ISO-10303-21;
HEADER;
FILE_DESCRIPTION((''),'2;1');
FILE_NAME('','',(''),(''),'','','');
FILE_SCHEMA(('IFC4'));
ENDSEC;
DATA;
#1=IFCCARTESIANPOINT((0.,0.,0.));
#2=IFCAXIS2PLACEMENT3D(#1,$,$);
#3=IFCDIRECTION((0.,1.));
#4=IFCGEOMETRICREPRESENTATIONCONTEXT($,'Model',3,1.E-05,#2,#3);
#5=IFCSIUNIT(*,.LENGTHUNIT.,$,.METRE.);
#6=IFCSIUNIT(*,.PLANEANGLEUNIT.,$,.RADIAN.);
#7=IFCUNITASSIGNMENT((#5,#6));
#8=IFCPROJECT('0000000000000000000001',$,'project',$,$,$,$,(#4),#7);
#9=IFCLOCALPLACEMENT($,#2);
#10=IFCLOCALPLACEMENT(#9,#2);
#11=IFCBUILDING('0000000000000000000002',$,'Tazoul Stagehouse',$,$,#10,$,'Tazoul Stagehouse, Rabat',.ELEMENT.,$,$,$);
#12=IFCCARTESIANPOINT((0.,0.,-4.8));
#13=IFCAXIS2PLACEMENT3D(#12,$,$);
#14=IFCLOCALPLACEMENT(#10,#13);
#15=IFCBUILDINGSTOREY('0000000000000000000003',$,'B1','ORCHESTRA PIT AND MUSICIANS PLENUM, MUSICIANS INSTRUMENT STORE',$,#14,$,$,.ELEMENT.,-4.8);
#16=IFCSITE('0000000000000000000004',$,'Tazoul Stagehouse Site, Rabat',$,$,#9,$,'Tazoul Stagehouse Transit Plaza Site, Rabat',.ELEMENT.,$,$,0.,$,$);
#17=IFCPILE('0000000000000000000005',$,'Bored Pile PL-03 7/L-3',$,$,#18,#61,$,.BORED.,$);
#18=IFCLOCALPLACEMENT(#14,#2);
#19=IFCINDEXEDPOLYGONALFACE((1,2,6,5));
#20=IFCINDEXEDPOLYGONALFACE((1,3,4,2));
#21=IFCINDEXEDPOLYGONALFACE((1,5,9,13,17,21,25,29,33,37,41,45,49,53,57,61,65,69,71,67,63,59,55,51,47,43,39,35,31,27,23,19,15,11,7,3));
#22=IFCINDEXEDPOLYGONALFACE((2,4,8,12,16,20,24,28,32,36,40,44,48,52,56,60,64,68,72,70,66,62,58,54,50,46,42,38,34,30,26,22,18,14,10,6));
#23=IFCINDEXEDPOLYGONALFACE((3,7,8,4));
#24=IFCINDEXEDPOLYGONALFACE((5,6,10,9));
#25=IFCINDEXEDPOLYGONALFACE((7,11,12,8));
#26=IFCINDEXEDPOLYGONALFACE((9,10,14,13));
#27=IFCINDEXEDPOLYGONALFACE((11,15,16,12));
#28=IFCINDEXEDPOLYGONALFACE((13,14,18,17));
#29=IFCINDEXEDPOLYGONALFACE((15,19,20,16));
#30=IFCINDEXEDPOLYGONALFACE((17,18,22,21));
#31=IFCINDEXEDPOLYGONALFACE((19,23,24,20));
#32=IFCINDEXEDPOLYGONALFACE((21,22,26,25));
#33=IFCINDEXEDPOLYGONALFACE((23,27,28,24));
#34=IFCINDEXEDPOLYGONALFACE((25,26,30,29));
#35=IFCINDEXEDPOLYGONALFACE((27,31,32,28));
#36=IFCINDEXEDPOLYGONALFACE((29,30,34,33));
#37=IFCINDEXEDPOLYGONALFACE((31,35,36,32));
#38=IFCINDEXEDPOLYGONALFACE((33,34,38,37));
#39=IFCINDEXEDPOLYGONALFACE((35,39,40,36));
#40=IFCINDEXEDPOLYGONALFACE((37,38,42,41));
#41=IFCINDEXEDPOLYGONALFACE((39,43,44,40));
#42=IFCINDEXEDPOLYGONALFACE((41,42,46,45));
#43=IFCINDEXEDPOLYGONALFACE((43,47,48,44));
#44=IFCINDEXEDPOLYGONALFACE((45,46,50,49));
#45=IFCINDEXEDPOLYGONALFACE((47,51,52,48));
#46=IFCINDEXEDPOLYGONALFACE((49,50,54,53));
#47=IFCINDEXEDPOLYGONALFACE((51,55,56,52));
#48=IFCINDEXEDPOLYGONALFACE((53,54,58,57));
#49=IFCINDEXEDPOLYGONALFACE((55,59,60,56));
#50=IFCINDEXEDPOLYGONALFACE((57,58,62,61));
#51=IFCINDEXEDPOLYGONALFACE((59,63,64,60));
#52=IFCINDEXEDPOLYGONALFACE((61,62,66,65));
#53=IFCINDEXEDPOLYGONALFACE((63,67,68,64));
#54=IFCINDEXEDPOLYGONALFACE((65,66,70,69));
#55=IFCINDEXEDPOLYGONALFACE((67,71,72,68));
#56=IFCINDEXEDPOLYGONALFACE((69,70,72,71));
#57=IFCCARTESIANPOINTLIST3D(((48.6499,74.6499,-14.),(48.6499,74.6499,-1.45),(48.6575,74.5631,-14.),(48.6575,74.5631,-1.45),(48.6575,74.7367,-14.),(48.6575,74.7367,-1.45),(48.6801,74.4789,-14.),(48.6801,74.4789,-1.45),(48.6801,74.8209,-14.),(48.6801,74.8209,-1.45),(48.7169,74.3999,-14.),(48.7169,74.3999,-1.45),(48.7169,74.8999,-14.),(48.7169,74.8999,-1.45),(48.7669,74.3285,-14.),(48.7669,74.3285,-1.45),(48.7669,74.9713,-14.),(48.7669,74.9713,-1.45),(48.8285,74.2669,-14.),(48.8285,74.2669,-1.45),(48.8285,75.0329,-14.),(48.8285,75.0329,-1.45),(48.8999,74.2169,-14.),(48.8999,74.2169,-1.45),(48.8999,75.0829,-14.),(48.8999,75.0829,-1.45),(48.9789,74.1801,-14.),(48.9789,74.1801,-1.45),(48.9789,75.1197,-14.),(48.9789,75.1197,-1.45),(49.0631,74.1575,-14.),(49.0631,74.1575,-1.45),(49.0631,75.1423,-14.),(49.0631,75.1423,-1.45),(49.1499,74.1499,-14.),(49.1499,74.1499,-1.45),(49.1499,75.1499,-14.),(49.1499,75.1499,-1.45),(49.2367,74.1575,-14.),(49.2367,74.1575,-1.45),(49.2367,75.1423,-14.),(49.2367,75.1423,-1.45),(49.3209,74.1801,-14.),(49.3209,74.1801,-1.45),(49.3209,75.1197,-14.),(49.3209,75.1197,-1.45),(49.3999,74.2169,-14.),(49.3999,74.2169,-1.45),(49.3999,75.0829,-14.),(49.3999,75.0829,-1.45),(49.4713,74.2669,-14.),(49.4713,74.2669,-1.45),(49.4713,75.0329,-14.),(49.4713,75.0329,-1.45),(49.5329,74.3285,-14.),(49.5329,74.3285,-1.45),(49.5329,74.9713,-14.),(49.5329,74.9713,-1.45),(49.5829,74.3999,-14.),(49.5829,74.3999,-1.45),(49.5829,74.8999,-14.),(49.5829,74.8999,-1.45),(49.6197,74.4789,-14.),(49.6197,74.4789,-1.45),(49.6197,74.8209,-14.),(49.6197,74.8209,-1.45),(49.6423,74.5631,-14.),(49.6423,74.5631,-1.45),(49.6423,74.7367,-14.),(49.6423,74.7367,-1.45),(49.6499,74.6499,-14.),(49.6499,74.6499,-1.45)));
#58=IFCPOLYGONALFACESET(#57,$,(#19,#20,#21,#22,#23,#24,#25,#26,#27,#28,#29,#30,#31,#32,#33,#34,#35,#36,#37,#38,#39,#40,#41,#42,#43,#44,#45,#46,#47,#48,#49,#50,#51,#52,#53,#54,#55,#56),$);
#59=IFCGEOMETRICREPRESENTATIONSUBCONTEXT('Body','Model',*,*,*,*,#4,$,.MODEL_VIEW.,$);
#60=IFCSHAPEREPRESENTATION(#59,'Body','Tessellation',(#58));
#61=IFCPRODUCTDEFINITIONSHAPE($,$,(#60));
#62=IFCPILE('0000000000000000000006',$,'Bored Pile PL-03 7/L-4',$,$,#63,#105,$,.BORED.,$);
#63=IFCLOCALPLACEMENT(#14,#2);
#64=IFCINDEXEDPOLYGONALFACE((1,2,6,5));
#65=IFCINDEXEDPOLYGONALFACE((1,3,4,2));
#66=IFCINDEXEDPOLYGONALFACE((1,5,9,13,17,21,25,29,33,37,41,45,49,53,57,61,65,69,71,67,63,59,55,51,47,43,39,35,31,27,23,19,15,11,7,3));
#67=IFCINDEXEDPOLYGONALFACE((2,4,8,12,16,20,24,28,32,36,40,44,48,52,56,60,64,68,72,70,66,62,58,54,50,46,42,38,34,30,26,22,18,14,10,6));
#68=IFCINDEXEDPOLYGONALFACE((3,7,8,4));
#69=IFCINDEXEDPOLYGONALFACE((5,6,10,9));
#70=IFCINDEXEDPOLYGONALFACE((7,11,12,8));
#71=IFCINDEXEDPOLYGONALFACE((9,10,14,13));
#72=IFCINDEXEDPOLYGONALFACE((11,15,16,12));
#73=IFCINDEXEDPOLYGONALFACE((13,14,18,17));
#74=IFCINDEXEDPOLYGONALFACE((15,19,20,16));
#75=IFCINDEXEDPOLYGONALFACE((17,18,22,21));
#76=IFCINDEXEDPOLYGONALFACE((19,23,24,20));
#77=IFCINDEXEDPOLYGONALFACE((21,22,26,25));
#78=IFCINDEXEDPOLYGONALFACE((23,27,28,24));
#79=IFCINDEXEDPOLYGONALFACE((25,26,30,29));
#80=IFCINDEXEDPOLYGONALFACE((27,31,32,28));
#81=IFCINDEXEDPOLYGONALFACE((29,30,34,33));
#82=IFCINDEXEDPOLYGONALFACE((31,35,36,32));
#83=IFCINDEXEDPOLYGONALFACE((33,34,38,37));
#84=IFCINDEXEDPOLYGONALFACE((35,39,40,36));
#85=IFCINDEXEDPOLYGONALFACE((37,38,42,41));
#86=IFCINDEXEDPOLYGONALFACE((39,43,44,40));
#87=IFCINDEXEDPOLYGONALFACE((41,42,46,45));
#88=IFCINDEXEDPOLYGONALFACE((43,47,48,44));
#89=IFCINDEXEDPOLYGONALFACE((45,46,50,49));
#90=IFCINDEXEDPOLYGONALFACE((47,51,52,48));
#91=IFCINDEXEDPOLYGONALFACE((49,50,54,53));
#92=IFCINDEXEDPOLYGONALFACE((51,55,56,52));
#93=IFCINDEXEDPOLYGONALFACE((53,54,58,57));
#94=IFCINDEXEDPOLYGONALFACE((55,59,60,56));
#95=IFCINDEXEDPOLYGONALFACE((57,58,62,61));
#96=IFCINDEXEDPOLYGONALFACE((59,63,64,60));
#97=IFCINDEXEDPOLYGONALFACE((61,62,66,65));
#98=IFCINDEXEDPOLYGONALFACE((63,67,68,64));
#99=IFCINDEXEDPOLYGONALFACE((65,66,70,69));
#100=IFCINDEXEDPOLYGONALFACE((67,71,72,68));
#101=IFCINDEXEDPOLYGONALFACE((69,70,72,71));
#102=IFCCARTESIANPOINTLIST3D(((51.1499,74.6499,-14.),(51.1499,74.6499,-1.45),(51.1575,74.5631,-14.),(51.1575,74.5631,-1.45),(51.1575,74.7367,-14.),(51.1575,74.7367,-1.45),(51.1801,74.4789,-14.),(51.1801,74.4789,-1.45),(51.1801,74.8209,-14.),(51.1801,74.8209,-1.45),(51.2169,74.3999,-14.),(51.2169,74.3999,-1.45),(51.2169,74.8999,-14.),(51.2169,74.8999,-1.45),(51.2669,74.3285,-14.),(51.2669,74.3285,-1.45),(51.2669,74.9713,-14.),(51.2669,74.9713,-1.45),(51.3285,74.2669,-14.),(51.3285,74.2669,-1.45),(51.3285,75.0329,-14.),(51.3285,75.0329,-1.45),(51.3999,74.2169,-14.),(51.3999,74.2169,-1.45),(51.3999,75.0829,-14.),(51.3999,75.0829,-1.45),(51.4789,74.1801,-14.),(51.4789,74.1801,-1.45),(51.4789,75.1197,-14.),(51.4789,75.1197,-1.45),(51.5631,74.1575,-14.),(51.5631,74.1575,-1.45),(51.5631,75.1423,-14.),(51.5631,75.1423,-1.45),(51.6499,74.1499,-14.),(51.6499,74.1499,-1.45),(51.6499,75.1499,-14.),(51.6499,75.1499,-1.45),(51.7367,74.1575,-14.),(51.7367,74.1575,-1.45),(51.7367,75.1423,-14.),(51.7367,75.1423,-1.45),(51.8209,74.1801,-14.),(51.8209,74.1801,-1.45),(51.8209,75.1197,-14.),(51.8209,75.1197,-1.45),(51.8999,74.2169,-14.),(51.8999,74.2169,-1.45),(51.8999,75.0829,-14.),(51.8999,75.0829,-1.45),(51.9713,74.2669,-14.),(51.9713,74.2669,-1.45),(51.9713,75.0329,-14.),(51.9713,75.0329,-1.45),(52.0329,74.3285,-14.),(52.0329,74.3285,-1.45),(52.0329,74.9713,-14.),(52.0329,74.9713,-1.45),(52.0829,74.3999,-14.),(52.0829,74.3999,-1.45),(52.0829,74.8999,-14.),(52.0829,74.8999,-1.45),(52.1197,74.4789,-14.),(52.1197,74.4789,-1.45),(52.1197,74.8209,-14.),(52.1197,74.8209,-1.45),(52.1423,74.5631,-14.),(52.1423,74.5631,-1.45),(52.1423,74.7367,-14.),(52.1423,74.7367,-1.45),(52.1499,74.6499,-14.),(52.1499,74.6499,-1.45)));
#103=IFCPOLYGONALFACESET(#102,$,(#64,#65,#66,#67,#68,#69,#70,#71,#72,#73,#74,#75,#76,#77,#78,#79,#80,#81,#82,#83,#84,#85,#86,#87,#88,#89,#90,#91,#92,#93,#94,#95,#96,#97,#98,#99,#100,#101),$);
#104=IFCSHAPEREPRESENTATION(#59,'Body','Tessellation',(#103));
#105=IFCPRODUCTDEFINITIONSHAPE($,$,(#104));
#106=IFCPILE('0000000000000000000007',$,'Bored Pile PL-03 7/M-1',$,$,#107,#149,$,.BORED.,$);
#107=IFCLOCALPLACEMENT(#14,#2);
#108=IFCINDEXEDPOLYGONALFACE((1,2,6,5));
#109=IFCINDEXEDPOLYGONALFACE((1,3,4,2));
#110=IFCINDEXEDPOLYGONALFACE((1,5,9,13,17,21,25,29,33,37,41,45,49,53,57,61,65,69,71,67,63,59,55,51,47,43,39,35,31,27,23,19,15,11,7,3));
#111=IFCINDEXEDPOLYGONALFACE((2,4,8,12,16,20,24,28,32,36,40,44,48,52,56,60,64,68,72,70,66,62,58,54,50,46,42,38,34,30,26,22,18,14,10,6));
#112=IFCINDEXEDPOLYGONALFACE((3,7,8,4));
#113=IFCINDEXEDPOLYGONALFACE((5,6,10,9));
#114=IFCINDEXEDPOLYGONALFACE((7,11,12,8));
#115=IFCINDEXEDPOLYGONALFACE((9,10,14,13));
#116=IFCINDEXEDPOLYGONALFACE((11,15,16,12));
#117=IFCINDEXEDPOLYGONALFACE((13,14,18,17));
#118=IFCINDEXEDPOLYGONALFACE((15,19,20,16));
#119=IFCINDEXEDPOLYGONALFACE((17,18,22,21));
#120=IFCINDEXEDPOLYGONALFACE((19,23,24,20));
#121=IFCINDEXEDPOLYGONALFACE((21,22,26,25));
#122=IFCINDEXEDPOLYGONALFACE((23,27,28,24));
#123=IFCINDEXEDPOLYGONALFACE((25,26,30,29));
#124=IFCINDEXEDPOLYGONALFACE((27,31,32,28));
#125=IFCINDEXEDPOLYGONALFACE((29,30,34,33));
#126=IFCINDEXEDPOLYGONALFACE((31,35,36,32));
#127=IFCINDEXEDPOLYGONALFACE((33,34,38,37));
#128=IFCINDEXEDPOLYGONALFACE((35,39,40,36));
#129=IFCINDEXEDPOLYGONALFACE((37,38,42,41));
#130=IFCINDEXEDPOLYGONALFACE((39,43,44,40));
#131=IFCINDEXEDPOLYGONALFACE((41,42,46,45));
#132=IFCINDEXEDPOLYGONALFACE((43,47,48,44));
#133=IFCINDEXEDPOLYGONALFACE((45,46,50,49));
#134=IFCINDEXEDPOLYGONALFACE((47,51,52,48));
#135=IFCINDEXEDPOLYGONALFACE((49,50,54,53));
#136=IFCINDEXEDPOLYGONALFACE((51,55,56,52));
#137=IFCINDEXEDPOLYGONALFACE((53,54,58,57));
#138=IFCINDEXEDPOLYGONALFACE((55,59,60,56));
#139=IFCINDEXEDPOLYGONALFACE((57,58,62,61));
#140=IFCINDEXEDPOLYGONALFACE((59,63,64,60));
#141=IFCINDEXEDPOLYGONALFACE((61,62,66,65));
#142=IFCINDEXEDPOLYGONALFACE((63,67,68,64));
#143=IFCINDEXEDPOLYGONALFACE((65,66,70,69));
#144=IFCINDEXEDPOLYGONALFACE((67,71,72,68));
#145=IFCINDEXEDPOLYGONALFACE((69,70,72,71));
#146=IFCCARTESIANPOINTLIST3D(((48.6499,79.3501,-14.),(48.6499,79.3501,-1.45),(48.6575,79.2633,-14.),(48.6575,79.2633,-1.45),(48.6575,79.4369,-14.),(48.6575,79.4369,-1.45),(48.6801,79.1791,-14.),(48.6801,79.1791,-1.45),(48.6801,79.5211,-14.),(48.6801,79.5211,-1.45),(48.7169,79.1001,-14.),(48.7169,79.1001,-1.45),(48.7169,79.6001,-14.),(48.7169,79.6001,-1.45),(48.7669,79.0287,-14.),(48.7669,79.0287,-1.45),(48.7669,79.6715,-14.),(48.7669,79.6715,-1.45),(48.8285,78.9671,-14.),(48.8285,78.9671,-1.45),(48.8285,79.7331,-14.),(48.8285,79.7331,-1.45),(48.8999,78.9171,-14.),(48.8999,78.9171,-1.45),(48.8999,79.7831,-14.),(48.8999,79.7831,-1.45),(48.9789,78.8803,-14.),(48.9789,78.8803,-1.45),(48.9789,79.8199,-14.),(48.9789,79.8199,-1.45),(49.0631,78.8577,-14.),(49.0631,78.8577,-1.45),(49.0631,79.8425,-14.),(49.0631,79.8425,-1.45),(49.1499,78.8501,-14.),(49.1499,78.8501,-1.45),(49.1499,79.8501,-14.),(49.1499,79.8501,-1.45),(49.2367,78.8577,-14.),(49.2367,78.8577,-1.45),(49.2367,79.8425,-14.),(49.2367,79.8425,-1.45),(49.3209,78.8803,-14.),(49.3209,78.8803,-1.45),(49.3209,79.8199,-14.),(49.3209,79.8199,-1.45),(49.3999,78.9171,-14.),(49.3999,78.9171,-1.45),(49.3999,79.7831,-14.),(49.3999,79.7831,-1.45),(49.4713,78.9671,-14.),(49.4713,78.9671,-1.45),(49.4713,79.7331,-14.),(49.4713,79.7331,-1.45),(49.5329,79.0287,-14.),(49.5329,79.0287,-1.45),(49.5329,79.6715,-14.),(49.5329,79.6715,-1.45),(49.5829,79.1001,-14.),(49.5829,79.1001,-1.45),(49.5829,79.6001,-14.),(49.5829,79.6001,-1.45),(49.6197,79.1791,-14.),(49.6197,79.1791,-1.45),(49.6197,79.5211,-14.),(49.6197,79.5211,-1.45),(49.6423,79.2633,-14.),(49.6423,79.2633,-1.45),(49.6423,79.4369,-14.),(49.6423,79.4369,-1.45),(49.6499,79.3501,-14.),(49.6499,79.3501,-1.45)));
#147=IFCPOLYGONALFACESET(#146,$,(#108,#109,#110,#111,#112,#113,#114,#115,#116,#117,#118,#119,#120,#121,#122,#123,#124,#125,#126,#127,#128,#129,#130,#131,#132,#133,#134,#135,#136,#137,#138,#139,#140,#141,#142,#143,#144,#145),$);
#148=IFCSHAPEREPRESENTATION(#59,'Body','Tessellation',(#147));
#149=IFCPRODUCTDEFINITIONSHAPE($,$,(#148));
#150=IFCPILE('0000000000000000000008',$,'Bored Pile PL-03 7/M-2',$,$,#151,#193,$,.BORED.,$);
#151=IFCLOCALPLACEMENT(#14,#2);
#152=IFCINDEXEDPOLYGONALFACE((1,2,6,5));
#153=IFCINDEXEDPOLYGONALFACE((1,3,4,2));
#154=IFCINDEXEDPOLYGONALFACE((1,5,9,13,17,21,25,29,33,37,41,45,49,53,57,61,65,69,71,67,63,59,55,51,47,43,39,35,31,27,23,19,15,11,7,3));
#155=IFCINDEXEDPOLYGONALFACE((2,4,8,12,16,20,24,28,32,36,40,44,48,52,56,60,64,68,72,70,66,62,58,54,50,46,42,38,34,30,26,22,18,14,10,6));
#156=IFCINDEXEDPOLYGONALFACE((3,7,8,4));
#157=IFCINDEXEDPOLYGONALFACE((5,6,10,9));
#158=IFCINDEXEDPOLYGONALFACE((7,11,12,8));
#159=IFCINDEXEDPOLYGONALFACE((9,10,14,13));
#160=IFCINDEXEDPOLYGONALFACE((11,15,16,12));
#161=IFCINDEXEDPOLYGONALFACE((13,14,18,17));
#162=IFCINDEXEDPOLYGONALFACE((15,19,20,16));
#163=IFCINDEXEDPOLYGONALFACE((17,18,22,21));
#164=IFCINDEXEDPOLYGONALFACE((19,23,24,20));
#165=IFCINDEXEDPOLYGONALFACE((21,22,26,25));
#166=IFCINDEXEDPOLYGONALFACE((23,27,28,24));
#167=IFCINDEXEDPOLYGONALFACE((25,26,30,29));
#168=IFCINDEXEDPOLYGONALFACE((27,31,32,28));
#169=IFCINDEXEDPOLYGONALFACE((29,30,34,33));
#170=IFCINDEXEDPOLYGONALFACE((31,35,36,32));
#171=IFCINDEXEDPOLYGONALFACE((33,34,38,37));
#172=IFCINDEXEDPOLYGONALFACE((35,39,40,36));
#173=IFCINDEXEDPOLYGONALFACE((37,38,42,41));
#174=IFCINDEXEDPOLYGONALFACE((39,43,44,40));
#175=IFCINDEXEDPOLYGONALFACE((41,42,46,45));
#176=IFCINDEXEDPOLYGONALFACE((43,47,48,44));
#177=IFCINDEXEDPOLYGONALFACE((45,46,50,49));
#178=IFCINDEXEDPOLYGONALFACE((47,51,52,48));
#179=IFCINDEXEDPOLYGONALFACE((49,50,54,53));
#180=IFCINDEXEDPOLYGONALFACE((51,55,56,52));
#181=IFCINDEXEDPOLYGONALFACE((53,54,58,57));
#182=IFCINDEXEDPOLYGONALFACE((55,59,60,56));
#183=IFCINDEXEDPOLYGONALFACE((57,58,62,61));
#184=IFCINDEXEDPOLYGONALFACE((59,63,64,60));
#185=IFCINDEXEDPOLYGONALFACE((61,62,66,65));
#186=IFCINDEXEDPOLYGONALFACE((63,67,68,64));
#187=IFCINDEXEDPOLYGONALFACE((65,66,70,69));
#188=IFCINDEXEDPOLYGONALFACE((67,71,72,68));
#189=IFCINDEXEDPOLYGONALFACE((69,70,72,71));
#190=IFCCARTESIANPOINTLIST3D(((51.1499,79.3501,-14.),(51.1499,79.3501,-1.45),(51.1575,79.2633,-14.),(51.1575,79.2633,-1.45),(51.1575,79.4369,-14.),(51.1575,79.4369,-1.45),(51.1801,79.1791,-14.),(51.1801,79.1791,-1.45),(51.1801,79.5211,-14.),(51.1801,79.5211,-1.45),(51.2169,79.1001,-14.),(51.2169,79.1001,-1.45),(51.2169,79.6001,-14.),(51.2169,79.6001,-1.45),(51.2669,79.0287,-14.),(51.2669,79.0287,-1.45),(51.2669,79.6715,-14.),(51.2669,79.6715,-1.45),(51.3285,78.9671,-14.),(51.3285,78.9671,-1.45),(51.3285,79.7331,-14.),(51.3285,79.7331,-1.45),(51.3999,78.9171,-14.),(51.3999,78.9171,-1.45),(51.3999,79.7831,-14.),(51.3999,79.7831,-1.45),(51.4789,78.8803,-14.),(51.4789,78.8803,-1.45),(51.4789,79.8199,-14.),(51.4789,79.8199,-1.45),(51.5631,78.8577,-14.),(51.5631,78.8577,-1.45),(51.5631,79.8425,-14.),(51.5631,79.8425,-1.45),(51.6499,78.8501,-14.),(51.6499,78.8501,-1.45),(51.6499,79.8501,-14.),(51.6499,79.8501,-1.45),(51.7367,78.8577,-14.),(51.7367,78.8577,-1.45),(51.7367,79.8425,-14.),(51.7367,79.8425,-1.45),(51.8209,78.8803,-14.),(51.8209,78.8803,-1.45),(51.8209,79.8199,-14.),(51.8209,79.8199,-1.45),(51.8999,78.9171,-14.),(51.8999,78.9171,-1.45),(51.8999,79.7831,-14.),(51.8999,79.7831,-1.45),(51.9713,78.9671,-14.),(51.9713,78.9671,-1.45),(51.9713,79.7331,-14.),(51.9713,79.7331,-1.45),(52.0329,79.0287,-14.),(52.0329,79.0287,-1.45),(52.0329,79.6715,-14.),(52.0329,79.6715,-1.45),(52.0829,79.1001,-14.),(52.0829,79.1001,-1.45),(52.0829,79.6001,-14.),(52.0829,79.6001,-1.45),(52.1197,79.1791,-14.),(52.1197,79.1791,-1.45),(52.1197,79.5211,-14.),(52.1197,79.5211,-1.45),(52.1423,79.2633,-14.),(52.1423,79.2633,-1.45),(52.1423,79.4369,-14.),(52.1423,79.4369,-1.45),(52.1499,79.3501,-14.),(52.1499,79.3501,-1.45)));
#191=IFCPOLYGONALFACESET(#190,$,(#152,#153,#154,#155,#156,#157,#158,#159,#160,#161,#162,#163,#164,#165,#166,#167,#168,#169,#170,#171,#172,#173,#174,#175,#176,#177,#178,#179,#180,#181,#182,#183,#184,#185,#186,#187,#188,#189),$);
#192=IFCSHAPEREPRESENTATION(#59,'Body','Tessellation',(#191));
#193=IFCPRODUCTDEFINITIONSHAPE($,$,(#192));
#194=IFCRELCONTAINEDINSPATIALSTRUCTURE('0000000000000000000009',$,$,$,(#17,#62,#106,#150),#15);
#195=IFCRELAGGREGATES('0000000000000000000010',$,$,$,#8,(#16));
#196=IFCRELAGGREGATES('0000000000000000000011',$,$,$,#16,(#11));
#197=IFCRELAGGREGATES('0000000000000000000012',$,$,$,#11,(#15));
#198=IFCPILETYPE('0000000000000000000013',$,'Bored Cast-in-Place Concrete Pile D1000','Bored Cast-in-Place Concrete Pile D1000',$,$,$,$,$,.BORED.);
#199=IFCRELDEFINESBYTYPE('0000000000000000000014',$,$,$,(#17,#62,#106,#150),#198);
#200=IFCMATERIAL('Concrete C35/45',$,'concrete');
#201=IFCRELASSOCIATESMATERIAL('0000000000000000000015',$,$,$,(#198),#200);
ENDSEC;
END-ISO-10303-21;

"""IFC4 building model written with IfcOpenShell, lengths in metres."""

from ifc_helpers import new_model, si_unit, direction, frame, origin, origin_2d, place, context, subcontext, project, spatial, circle, extrude, material, material_profile, profile_set, type_object, element, save


model = new_model("IFC4")

# Units and contexts
model_context = context("Model", 3, precision=1e-05, world=origin(), true_north=direction((0.0, 1.0)))
body_context = subcontext(model_context, "Body", "Model", "MODEL_VIEW")
ifc_project = project(units=[si_unit("LENGTHUNIT", "METRE"), si_unit("PLANEANGLEUNIT", "RADIAN")], contexts=[model_context])

# Site, building, storey
site_placement = place(None, origin())
site = spatial("IfcSite", under=ifc_project, at=site_placement, Name="Tazoul Stagehouse Site, Rabat", LongName="Tazoul Stagehouse Transit Plaza Site, Rabat", CompositionType="ELEMENT", RefElevation=0.0)
building_placement = place(site_placement, origin())
building = spatial("IfcBuilding", under=site, at=building_placement, Name="Tazoul Stagehouse", LongName="Tazoul Stagehouse, Rabat", CompositionType="ELEMENT")
storey_placement = place(building_placement, frame((0.0, 0.0, -4.8)))
storey = spatial("IfcBuildingStorey", under=building, at=storey_placement, Name="B1", Description="ORCHESTRA PIT AND MUSICIANS PLENUM, MUSICIANS INSTRUMENT STORE", CompositionType="ELEMENT", Elevation=-4.8)

# Piles
ifc_material_1 = material(Name="Concrete C35/45", Category="concrete")
ifc_material_profile_1 = material_profile(ifc_material_1, circle(Radius=0.5, at=origin_2d()), Name="BORED PILE 1000")
ifc_profile_set_1 = profile_set([ifc_material_profile_1], Name="Concrete C35/45")
pile_type = type_object("IfcPileType", Name="Bored Cast-in-Place Concrete Pile D1000", Description="Bored Cast-in-Place Concrete Pile D1000", PredefinedType="BORED", material=ifc_profile_set_1)
for number, where, z_axis, x_axis, name in (
    (1, (49.1499, 74.6499, -1.45), (0.0, 0.0, -1.0), (1.0, 0.0, 0.0), "Bored Pile PL-03 7/L-3"),
    (2, (51.6499, 74.6499, -1.45), (0.0, 0.0, -1.0), (1.0, 0.0, 0.0), "Bored Pile PL-03 7/L-4"),
    (3, (49.1499, 79.3501, -1.45), (0.0, 0.0, -1.0), (1.0, 0.0, 0.0), "Bored Pile PL-03 7/M-1"),
    (4, (51.6499, 79.3501, -1.45), (0.0, 0.0, -1.0), (1.0, 0.0, 0.0), "Bored Pile PL-03 7/M-2"),
):
    element("IfcPile", number, at=place(storey_placement, frame(where, z_axis=z_axis, x_axis=x_axis)), inside=storey, type_object=pile_type, Name=name, PredefinedType="BORED", context=body_context, shape_type="SweptSolid", body=[
        extrude(circle(Radius=0.5, at=origin_2d()), origin(), (0.0, 0.0, 1.0), 12.55),
    ])

save(model, "model.ifc")
